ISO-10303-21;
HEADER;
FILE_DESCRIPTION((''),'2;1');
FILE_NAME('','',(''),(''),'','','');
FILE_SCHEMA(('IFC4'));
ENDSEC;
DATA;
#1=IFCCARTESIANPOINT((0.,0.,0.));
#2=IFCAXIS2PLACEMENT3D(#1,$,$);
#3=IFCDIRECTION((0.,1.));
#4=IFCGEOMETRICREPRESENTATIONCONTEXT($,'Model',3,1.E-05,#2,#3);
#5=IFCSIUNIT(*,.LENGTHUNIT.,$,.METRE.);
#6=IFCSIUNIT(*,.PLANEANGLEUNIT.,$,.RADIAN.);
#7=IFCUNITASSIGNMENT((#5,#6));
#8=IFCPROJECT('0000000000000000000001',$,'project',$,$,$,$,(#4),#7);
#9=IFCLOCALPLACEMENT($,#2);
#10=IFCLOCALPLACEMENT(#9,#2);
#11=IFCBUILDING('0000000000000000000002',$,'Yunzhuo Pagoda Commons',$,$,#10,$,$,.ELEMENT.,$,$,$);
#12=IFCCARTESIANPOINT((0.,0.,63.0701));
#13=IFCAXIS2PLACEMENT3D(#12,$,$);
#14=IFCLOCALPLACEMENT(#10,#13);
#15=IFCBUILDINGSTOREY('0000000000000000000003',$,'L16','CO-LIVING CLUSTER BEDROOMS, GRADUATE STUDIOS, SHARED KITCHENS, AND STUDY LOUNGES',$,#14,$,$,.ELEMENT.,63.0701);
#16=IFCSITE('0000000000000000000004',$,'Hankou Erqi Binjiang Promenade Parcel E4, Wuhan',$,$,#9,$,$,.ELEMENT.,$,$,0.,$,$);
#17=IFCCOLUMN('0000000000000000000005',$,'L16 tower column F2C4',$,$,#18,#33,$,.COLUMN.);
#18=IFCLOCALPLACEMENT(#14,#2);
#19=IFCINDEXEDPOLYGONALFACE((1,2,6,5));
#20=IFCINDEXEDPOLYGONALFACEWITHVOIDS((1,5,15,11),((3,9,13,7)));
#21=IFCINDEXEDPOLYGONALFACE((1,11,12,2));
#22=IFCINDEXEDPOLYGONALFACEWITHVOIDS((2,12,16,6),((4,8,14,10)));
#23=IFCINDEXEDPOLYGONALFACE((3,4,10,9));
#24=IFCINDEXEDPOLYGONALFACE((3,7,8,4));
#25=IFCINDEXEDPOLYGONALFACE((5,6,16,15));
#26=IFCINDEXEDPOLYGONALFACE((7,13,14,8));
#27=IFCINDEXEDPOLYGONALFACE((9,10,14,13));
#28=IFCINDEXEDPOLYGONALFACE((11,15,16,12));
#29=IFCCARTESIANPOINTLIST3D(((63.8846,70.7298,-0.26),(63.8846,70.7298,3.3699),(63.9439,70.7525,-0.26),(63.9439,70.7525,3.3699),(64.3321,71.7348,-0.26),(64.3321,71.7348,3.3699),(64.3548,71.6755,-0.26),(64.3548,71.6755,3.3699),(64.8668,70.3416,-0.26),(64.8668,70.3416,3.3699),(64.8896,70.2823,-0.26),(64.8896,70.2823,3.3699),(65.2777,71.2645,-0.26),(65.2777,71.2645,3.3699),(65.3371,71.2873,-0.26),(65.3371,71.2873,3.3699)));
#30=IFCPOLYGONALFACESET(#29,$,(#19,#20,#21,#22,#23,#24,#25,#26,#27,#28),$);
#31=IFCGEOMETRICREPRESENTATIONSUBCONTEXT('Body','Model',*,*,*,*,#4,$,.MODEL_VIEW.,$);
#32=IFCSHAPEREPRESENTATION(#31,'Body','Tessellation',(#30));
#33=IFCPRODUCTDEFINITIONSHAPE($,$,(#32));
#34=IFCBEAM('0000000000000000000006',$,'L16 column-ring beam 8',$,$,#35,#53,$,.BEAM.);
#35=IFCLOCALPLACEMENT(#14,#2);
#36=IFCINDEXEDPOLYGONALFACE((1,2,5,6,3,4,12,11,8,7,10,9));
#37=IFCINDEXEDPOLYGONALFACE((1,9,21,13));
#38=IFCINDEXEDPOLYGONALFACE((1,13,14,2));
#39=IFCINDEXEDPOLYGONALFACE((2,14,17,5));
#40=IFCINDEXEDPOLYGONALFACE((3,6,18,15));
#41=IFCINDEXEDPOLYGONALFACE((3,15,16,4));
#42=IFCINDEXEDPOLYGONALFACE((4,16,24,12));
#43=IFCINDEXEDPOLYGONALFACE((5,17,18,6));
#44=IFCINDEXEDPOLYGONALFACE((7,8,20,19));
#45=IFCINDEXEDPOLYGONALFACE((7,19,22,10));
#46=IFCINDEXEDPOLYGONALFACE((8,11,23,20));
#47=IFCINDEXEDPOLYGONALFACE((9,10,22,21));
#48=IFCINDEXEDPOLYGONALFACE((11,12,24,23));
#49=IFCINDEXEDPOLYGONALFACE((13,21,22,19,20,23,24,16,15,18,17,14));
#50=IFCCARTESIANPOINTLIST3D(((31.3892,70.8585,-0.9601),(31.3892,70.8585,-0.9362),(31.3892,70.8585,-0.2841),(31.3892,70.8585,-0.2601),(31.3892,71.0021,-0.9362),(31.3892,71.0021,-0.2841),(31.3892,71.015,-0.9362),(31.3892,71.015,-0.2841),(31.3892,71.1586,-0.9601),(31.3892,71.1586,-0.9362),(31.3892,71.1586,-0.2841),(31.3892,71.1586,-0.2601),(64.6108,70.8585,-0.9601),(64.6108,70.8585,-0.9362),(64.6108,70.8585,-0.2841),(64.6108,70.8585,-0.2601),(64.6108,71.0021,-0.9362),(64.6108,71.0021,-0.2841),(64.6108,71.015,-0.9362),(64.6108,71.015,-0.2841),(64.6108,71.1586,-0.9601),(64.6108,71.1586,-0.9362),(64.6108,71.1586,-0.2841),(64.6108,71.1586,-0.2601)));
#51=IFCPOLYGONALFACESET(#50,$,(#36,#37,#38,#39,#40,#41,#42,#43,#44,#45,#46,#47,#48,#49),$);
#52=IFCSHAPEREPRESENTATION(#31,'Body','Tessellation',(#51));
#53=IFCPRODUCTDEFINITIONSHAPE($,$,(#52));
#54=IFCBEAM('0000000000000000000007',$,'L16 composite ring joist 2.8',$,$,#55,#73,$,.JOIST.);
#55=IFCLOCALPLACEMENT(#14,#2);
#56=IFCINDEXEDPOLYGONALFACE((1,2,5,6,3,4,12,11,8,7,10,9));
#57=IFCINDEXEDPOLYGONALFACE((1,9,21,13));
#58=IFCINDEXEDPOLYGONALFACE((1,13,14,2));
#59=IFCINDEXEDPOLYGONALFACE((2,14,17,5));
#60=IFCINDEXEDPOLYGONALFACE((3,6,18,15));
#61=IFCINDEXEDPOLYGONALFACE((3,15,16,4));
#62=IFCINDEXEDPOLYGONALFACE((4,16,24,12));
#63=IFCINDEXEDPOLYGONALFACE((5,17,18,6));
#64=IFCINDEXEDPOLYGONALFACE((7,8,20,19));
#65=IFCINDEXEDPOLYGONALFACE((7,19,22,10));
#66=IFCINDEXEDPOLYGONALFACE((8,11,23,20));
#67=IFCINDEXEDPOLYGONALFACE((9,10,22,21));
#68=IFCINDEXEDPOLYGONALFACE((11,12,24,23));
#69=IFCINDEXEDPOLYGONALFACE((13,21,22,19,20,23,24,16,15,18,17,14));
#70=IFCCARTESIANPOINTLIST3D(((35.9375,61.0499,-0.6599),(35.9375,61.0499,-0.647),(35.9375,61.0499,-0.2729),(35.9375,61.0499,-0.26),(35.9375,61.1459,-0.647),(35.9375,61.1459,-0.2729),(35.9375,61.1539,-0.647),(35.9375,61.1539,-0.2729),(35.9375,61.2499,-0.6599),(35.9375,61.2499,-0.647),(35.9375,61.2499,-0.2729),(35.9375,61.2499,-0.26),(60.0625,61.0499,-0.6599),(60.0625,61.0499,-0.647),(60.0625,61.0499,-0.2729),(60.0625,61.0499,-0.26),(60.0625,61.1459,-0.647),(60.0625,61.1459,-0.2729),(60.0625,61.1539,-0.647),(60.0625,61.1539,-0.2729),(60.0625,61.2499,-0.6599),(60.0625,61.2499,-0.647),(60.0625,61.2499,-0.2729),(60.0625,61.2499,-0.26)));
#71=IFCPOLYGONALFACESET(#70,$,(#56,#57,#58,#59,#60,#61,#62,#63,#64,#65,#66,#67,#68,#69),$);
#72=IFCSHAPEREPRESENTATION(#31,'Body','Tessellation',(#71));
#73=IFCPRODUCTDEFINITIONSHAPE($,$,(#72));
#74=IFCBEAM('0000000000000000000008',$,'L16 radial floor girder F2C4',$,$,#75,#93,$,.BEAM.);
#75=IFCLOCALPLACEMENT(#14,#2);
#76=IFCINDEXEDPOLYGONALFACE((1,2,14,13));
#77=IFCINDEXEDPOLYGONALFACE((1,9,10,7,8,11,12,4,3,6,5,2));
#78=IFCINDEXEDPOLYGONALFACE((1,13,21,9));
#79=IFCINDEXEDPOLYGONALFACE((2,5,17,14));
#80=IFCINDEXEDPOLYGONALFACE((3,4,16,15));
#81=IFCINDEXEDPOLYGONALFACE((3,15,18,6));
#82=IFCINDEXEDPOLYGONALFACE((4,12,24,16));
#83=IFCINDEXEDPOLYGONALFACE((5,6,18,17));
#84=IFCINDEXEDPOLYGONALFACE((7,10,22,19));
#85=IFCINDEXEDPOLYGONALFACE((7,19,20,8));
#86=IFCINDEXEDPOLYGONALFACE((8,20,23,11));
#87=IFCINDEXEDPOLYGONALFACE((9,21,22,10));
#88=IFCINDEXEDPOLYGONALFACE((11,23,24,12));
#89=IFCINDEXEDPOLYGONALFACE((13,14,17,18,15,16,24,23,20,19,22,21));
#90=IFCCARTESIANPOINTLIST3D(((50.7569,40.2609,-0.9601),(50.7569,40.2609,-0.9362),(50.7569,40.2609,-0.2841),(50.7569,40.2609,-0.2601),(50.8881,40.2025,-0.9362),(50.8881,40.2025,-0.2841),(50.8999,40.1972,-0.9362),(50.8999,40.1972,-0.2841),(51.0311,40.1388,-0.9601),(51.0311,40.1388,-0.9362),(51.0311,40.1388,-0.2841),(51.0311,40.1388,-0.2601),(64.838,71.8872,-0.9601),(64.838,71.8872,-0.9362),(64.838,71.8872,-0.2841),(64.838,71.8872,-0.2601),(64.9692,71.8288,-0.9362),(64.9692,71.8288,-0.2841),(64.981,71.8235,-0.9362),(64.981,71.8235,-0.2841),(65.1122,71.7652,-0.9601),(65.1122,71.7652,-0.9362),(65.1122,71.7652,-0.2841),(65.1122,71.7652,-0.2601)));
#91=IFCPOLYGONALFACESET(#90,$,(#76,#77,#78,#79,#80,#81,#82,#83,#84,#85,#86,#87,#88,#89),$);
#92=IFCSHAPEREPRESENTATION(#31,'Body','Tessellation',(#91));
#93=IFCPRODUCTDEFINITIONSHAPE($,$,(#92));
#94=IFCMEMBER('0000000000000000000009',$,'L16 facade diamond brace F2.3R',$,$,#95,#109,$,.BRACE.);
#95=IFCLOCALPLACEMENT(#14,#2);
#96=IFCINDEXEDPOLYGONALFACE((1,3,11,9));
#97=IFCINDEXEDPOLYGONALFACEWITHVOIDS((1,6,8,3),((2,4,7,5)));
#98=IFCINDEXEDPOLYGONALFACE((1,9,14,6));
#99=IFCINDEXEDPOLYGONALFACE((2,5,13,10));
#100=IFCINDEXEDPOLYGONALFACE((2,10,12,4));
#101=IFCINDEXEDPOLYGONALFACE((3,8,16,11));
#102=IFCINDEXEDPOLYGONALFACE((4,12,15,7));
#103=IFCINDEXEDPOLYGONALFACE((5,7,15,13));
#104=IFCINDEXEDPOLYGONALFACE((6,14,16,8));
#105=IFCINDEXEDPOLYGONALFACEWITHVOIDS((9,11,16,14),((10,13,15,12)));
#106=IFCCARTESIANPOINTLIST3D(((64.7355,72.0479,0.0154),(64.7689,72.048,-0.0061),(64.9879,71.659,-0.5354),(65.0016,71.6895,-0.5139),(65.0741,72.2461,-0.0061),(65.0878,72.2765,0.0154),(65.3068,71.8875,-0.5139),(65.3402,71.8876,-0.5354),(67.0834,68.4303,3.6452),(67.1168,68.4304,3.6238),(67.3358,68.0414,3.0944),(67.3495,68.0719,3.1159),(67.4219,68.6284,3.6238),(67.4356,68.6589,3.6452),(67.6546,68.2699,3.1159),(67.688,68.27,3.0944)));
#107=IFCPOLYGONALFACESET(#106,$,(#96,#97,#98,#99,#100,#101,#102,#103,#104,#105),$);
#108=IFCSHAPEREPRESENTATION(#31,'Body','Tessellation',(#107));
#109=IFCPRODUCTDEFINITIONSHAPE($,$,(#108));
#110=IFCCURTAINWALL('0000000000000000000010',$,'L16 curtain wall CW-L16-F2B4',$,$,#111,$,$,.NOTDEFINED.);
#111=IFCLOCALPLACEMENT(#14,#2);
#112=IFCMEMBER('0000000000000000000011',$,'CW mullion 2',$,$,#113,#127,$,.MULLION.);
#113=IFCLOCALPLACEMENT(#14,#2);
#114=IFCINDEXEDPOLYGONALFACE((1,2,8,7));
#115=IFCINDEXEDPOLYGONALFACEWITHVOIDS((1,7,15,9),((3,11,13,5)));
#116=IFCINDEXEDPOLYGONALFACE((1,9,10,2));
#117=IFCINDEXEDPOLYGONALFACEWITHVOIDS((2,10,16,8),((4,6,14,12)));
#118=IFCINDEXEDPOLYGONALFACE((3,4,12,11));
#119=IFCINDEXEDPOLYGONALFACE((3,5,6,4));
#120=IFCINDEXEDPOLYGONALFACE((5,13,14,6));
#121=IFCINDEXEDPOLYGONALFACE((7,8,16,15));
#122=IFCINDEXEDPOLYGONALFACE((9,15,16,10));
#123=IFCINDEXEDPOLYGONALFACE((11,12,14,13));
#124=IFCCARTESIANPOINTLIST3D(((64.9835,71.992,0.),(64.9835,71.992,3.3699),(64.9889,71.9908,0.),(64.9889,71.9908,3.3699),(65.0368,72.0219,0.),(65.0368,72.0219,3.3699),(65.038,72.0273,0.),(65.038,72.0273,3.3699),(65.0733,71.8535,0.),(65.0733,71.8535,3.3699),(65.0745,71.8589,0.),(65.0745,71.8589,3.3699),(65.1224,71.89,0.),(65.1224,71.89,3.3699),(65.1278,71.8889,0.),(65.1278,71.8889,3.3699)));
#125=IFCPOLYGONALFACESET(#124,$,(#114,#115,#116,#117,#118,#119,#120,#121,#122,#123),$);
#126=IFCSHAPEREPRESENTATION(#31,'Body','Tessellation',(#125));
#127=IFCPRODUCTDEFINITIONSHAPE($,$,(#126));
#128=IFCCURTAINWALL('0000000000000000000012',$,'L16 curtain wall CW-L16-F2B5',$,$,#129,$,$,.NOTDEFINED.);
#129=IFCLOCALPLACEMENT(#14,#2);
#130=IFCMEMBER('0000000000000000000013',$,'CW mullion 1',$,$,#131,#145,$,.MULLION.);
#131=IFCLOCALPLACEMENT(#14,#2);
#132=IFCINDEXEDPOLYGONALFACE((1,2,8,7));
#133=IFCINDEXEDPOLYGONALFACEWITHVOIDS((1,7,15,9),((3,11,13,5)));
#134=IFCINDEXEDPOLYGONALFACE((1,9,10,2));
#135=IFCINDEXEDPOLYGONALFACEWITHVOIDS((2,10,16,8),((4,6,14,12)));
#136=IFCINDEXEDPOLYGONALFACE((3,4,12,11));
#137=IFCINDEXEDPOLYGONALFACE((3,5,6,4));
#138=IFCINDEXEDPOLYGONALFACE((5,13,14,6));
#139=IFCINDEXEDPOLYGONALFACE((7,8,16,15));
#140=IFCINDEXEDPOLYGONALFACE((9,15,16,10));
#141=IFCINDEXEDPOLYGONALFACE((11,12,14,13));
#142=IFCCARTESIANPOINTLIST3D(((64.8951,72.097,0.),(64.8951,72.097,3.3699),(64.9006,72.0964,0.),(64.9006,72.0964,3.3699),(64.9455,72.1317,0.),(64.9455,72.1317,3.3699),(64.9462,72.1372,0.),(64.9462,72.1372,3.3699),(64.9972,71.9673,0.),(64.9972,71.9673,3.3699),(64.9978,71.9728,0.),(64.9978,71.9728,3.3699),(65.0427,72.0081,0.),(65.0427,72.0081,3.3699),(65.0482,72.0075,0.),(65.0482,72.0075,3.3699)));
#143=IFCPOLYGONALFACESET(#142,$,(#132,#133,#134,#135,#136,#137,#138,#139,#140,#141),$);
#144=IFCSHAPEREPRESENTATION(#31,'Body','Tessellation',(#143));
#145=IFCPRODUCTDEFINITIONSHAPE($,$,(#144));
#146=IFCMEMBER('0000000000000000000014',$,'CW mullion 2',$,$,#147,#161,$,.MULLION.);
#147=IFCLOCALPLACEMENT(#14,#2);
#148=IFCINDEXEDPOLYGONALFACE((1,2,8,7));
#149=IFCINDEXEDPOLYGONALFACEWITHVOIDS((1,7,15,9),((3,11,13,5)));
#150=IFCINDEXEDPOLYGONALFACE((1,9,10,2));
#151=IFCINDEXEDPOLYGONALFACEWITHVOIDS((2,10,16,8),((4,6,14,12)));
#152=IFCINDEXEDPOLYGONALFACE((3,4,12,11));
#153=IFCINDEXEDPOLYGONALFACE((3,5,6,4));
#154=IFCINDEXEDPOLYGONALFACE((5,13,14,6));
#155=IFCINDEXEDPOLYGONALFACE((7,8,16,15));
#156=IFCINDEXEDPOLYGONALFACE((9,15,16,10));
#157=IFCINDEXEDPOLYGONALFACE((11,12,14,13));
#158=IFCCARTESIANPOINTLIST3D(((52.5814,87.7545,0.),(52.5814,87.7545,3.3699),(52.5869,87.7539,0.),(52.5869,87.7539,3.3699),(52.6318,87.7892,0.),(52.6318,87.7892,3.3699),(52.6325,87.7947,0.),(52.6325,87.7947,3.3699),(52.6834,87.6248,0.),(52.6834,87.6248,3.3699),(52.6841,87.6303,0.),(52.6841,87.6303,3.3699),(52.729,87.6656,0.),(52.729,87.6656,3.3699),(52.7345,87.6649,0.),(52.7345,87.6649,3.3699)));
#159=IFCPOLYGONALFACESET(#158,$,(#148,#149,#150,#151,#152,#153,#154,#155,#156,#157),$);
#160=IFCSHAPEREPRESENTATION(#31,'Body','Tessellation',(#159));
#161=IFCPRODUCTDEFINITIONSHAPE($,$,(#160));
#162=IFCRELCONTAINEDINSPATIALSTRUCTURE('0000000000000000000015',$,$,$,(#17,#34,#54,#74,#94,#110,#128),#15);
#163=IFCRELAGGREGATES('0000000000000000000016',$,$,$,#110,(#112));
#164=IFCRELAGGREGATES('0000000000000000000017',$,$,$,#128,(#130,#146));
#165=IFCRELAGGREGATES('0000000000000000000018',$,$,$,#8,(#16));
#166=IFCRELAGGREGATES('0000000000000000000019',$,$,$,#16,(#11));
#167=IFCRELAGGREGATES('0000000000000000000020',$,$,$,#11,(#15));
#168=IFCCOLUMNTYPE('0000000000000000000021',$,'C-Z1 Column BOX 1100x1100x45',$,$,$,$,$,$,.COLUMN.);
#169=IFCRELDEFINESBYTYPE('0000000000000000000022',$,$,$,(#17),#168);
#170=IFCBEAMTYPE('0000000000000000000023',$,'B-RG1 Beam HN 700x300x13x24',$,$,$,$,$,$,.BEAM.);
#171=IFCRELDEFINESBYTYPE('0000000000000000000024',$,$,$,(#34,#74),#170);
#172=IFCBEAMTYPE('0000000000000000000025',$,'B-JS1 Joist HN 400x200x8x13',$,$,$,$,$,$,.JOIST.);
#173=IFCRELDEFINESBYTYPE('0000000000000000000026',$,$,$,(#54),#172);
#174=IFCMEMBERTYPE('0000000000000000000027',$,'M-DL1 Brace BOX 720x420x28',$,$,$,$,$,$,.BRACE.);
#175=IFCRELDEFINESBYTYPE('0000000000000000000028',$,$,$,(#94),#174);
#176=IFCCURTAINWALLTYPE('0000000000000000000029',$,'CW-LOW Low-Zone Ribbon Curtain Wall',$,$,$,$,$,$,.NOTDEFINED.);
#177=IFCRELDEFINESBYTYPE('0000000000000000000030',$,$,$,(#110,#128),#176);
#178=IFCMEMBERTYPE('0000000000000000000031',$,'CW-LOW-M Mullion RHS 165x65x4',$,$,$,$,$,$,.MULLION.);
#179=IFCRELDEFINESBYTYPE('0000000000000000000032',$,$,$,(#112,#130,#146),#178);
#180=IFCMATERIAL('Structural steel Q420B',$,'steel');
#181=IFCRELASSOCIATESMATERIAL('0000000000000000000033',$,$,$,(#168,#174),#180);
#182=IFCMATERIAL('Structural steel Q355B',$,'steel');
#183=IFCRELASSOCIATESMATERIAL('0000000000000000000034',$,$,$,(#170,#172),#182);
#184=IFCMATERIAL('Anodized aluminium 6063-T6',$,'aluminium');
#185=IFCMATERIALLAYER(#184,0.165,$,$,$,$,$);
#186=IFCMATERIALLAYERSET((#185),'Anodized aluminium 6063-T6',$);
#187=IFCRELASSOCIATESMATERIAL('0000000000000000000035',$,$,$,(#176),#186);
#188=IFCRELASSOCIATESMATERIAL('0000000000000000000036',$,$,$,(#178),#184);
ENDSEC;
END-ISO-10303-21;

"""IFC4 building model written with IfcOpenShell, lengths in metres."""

from ifc_helpers import new_model, si_unit, direction, frame, origin, origin_2d, place, context, subcontext, project, spatial, hollow_rectangle, i_section, extrude, source, transform, mapped, material, layer, layer_set, material_profile, profile_set, type_object, element, aggregate, save


model = new_model("IFC4")

# Units and contexts
model_context = context("Model", 3, precision=1e-05, world=origin(), true_north=direction((0.0, 1.0)))
body_context = subcontext(model_context, "Body", "Model", "MODEL_VIEW")
ifc_project = project(units=[si_unit("LENGTHUNIT", "METRE"), si_unit("PLANEANGLEUNIT", "RADIAN")], contexts=[model_context])

# Site, building, storey
site_placement = place(None, origin())
site = spatial("IfcSite", under=ifc_project, at=site_placement, Name="Hankou Erqi Binjiang Promenade Parcel E4, Wuhan", CompositionType="ELEMENT", RefElevation=0.0)
building_placement = place(site_placement, origin())
building = spatial("IfcBuilding", under=site, at=building_placement, Name="Yunzhuo Pagoda Commons", CompositionType="ELEMENT")
storey_placement = place(building_placement, frame((0.0, 0.0, 63.0701)))
storey = spatial("IfcBuildingStorey", under=building, at=storey_placement, Name="L16", Description="CO-LIVING CLUSTER BEDROOMS, GRADUATE STUDIOS, SHARED KITCHENS, AND STUDY LOUNGES", CompositionType="ELEMENT", Elevation=63.0701)

# Column
ifc_material_1 = material(Name="Structural steel Q420B", Category="steel")
ifc_material_profile_1 = material_profile(ifc_material_1, hollow_rectangle(XDim=1.1001, YDim=1.1001, WallThickness=0.0449, at=origin_2d()), Name="Structural steel Q420B")
ifc_profile_set_1 = profile_set([ifc_material_profile_1], Name="Structural steel Q420B")
column_type = type_object("IfcColumnType", Name="C-Z1 Column BOX 1100x1100x45", PredefinedType="COLUMN", material=ifc_profile_set_1)
shared_shape_1 = source(origin(), body_context, "Body", "SweptSolid", [
    extrude(hollow_rectangle(XDim=1.1001, YDim=1.1001, WallThickness=0.0449, at=origin_2d()), origin(), (0.0, 0.0, 1.0), 3.6299),
])
column_placement = place(storey_placement, frame((64.6108, 71.0085, -0.26), z_axis=(0.0, 0.0, 1.0), x_axis=(-0.913545, 0.406737, 0.0)))
element("IfcColumn", 1, at=column_placement, inside=storey, type_object=column_type, Name="L16 tower column F2C4", PredefinedType="COLUMN", context=body_context, shape_type="MappedRepresentation", body=[
    mapped(shared_shape_1, transform((0.0, 0.0, 0.0), scale=1.0)),
])

# Beams
ifc_material_2 = material(Name="Structural steel Q355B", Category="steel")
ifc_material_profile_2 = material_profile(ifc_material_2, i_section(OverallWidth=0.3, OverallDepth=0.7, WebThickness=0.0129, FlangeThickness=0.0239, at=origin_2d()), Name="Structural steel Q355B")
ifc_profile_set_2 = profile_set([ifc_material_profile_2], Name="Structural steel Q355B")
beam_type_1 = type_object("IfcBeamType", Name="B-RG1 Beam HN 700x300x13x24", PredefinedType="BEAM", material=ifc_profile_set_2)
shared_shape_2 = source(origin(), body_context, "Body", "SweptSolid", [
    extrude(i_section(OverallWidth=0.3, OverallDepth=0.7, WebThickness=0.0129, FlangeThickness=0.0239, at=origin_2d()), origin(), (0.0, 0.0, 1.0), 33.2217),
])
beam_1_placement = place(storey_placement, frame((64.6108, 71.0085, -0.6101), z_axis=(-1.0, 0.0, 0.0), x_axis=(0.0, -1.0, 0.0)))
element("IfcBeam", 2, at=beam_1_placement, inside=storey, type_object=beam_type_1, Name="L16 column-ring beam 8", PredefinedType="BEAM", context=body_context, shape_type="MappedRepresentation", body=[
    mapped(shared_shape_2, transform((0.0, 0.0, 0.0), scale=1.0)),
])
ifc_material_profile_3 = material_profile(ifc_material_2, i_section(OverallWidth=0.2, OverallDepth=0.3999, WebThickness=0.0081, FlangeThickness=0.0129, at=origin_2d()), Name="Structural steel Q355B")
ifc_profile_set_3 = profile_set([ifc_material_profile_3], Name="Structural steel Q355B")
beam_type_2 = type_object("IfcBeamType", Name="B-JS1 Joist HN 400x200x8x13", PredefinedType="JOIST", material=ifc_profile_set_3)
shared_shape_3 = source(origin(), body_context, "Body", "SweptSolid", [
    extrude(i_section(OverallWidth=0.2, OverallDepth=0.3999, WebThickness=0.0081, FlangeThickness=0.0129, at=origin_2d()), origin(), (0.0, 0.0, 1.0), 24.125),
])
beam_2_placement = place(storey_placement, frame((60.0625, 61.1499, -0.46), z_axis=(-1.0, 0.0, 0.0), x_axis=(0.0, -1.0, 0.0)))
element("IfcBeam", 3, at=beam_2_placement, inside=storey, type_object=beam_type_2, Name="L16 composite ring joist 2.8", PredefinedType="JOIST", context=body_context, shape_type="MappedRepresentation", body=[
    mapped(shared_shape_3, transform((0.0, 0.0, 0.0), scale=1.0)),
])
shared_shape_4 = source(origin(), body_context, "Body", "SweptSolid", [
    extrude(i_section(OverallWidth=0.3, OverallDepth=0.7, WebThickness=0.0129, FlangeThickness=0.0239, at=origin_2d()), origin(), (0.0, 0.0, 1.0), 34.6194),
])
beam_3_placement = place(storey_placement, frame((64.9751, 71.8262, -0.6101), z_axis=(-0.40674, -0.913544, 0.0), x_axis=(0.913544, -0.40674, 0.0)))
element("IfcBeam", 4, at=beam_3_placement, inside=storey, type_object=beam_type_1, Name="L16 radial floor girder F2C4", PredefinedType="BEAM", context=body_context, shape_type="MappedRepresentation", body=[
    mapped(shared_shape_4, transform((0.0, 0.0, 0.0), scale=1.0)),
])

# Member
ifc_material_profile_4 = material_profile(ifc_material_1, hollow_rectangle(XDim=0.4199, YDim=0.72, WallThickness=0.0281, at=origin_2d()), Name="Structural steel Q420B")
ifc_profile_set_4 = profile_set([ifc_material_profile_4], Name="Structural steel Q420B")
member_type_1 = type_object("IfcMemberType", Name="M-DL1 Brace BOX 720x420x28", PredefinedType="BRACE", material=ifc_profile_set_4)
shared_shape_5 = source(origin(), body_context, "Body", "SweptSolid", [
    extrude(hollow_rectangle(XDim=0.4199, YDim=0.72, WallThickness=0.0281, at=origin_2d()), origin(), (0.0, 0.0, 1.0), 5.637),
])
member_1_placement = place(storey_placement, frame((65.0378, 71.9678, -0.26), z_axis=(0.416513, -0.641768, 0.643934), x_axis=(0.838824, 0.544403, 0.0)))
element("IfcMember", 5, at=member_1_placement, inside=storey, type_object=member_type_1, Name="L16 facade diamond brace F2.3R", PredefinedType="BRACE", context=body_context, shape_type="MappedRepresentation", body=[
    mapped(shared_shape_5, transform((0.0, 0.0, 0.0), scale=1.0)),
])

# Curtain wall, member
ifc_material_3 = material(Name="Anodized aluminium 6063-T6", Category="aluminium")
ifc_layer_1 = layer(ifc_material_3, 0.165)
ifc_layer_set_1 = layer_set([ifc_layer_1], Name="Anodized aluminium 6063-T6")
curtain_wall_type = type_object("IfcCurtainWallType", Name="CW-LOW Low-Zone Ribbon Curtain Wall", PredefinedType="NOTDEFINED", material=ifc_layer_set_1)
curtain_wall_1_placement = place(storey_placement, origin())
curtain_wall_1 = element("IfcCurtainWall", 6, at=curtain_wall_1_placement, inside=storey, type_object=curtain_wall_type, Name="L16 curtain wall CW-L16-F2B4", PredefinedType="NOTDEFINED")
ifc_material_profile_5 = material_profile(ifc_material_3, hollow_rectangle(XDim=0.0649, YDim=0.165, WallThickness=0.0039, at=origin_2d()), Name="Anodized aluminium 6063-T6")
ifc_profile_set_5 = profile_set([ifc_material_profile_5], Name="Anodized aluminium 6063-T6")
member_type_2 = type_object("IfcMemberType", Name="CW-LOW-M Mullion RHS 165x65x4", PredefinedType="MULLION", material=ifc_profile_set_5)
shared_shape_6 = source(origin(), body_context, "Body", "SweptSolid", [
    extrude(hollow_rectangle(XDim=0.0649, YDim=0.165, WallThickness=0.0039, at=origin_2d()), origin(), (0.0, 0.0, 1.0), 3.3699),
])
member_2_placement = place(storey_placement, frame((65.0557, 71.9404, 0.0), z_axis=(0.0, 0.0, 1.0), x_axis=(-0.83884, -0.544378, 0.0)))
member_2 = element("IfcMember", 7, at=member_2_placement, type_object=member_type_2, Name="CW mullion 2", PredefinedType="MULLION", context=body_context, shape_type="MappedRepresentation", body=[
    mapped(shared_shape_6, transform((0.0, 0.0, 0.0), scale=1.0)),
])

# Curtain wall, members
curtain_wall_2_placement = place(storey_placement, origin())
curtain_wall_2 = element("IfcCurtainWall", 8, at=curtain_wall_2_placement, inside=storey, type_object=curtain_wall_type, Name="L16 curtain wall CW-L16-F2B5", PredefinedType="NOTDEFINED")
member_3_placement = place(storey_placement, frame((64.9717, 72.0522, 0.0), z_axis=(0.0, 0.0, 1.0), x_axis=(-0.786046, -0.618168, 0.0)))
member_3 = element("IfcMember", 9, at=member_3_placement, type_object=member_type_2, Name="CW mullion 1", PredefinedType="MULLION", context=body_context, shape_type="MappedRepresentation", body=[
    mapped(shared_shape_6, transform((0.0, 0.0, 0.0), scale=1.0)),
])
member_4_placement = place(storey_placement, frame((52.658, 87.7097, 0.0), z_axis=(0.0, 0.0, 1.0), x_axis=(-0.786046, -0.618168, 0.0)))
member_4 = element("IfcMember", 10, at=member_4_placement, type_object=member_type_2, Name="CW mullion 2", PredefinedType="MULLION", context=body_context, shape_type="MappedRepresentation", body=[
    mapped(shared_shape_6, transform((0.0, 0.0, 0.0), scale=1.0)),
])

aggregate(curtain_wall_1, [member_2])

aggregate(curtain_wall_2, [member_3, member_4])

save(model, "model.ifc")
